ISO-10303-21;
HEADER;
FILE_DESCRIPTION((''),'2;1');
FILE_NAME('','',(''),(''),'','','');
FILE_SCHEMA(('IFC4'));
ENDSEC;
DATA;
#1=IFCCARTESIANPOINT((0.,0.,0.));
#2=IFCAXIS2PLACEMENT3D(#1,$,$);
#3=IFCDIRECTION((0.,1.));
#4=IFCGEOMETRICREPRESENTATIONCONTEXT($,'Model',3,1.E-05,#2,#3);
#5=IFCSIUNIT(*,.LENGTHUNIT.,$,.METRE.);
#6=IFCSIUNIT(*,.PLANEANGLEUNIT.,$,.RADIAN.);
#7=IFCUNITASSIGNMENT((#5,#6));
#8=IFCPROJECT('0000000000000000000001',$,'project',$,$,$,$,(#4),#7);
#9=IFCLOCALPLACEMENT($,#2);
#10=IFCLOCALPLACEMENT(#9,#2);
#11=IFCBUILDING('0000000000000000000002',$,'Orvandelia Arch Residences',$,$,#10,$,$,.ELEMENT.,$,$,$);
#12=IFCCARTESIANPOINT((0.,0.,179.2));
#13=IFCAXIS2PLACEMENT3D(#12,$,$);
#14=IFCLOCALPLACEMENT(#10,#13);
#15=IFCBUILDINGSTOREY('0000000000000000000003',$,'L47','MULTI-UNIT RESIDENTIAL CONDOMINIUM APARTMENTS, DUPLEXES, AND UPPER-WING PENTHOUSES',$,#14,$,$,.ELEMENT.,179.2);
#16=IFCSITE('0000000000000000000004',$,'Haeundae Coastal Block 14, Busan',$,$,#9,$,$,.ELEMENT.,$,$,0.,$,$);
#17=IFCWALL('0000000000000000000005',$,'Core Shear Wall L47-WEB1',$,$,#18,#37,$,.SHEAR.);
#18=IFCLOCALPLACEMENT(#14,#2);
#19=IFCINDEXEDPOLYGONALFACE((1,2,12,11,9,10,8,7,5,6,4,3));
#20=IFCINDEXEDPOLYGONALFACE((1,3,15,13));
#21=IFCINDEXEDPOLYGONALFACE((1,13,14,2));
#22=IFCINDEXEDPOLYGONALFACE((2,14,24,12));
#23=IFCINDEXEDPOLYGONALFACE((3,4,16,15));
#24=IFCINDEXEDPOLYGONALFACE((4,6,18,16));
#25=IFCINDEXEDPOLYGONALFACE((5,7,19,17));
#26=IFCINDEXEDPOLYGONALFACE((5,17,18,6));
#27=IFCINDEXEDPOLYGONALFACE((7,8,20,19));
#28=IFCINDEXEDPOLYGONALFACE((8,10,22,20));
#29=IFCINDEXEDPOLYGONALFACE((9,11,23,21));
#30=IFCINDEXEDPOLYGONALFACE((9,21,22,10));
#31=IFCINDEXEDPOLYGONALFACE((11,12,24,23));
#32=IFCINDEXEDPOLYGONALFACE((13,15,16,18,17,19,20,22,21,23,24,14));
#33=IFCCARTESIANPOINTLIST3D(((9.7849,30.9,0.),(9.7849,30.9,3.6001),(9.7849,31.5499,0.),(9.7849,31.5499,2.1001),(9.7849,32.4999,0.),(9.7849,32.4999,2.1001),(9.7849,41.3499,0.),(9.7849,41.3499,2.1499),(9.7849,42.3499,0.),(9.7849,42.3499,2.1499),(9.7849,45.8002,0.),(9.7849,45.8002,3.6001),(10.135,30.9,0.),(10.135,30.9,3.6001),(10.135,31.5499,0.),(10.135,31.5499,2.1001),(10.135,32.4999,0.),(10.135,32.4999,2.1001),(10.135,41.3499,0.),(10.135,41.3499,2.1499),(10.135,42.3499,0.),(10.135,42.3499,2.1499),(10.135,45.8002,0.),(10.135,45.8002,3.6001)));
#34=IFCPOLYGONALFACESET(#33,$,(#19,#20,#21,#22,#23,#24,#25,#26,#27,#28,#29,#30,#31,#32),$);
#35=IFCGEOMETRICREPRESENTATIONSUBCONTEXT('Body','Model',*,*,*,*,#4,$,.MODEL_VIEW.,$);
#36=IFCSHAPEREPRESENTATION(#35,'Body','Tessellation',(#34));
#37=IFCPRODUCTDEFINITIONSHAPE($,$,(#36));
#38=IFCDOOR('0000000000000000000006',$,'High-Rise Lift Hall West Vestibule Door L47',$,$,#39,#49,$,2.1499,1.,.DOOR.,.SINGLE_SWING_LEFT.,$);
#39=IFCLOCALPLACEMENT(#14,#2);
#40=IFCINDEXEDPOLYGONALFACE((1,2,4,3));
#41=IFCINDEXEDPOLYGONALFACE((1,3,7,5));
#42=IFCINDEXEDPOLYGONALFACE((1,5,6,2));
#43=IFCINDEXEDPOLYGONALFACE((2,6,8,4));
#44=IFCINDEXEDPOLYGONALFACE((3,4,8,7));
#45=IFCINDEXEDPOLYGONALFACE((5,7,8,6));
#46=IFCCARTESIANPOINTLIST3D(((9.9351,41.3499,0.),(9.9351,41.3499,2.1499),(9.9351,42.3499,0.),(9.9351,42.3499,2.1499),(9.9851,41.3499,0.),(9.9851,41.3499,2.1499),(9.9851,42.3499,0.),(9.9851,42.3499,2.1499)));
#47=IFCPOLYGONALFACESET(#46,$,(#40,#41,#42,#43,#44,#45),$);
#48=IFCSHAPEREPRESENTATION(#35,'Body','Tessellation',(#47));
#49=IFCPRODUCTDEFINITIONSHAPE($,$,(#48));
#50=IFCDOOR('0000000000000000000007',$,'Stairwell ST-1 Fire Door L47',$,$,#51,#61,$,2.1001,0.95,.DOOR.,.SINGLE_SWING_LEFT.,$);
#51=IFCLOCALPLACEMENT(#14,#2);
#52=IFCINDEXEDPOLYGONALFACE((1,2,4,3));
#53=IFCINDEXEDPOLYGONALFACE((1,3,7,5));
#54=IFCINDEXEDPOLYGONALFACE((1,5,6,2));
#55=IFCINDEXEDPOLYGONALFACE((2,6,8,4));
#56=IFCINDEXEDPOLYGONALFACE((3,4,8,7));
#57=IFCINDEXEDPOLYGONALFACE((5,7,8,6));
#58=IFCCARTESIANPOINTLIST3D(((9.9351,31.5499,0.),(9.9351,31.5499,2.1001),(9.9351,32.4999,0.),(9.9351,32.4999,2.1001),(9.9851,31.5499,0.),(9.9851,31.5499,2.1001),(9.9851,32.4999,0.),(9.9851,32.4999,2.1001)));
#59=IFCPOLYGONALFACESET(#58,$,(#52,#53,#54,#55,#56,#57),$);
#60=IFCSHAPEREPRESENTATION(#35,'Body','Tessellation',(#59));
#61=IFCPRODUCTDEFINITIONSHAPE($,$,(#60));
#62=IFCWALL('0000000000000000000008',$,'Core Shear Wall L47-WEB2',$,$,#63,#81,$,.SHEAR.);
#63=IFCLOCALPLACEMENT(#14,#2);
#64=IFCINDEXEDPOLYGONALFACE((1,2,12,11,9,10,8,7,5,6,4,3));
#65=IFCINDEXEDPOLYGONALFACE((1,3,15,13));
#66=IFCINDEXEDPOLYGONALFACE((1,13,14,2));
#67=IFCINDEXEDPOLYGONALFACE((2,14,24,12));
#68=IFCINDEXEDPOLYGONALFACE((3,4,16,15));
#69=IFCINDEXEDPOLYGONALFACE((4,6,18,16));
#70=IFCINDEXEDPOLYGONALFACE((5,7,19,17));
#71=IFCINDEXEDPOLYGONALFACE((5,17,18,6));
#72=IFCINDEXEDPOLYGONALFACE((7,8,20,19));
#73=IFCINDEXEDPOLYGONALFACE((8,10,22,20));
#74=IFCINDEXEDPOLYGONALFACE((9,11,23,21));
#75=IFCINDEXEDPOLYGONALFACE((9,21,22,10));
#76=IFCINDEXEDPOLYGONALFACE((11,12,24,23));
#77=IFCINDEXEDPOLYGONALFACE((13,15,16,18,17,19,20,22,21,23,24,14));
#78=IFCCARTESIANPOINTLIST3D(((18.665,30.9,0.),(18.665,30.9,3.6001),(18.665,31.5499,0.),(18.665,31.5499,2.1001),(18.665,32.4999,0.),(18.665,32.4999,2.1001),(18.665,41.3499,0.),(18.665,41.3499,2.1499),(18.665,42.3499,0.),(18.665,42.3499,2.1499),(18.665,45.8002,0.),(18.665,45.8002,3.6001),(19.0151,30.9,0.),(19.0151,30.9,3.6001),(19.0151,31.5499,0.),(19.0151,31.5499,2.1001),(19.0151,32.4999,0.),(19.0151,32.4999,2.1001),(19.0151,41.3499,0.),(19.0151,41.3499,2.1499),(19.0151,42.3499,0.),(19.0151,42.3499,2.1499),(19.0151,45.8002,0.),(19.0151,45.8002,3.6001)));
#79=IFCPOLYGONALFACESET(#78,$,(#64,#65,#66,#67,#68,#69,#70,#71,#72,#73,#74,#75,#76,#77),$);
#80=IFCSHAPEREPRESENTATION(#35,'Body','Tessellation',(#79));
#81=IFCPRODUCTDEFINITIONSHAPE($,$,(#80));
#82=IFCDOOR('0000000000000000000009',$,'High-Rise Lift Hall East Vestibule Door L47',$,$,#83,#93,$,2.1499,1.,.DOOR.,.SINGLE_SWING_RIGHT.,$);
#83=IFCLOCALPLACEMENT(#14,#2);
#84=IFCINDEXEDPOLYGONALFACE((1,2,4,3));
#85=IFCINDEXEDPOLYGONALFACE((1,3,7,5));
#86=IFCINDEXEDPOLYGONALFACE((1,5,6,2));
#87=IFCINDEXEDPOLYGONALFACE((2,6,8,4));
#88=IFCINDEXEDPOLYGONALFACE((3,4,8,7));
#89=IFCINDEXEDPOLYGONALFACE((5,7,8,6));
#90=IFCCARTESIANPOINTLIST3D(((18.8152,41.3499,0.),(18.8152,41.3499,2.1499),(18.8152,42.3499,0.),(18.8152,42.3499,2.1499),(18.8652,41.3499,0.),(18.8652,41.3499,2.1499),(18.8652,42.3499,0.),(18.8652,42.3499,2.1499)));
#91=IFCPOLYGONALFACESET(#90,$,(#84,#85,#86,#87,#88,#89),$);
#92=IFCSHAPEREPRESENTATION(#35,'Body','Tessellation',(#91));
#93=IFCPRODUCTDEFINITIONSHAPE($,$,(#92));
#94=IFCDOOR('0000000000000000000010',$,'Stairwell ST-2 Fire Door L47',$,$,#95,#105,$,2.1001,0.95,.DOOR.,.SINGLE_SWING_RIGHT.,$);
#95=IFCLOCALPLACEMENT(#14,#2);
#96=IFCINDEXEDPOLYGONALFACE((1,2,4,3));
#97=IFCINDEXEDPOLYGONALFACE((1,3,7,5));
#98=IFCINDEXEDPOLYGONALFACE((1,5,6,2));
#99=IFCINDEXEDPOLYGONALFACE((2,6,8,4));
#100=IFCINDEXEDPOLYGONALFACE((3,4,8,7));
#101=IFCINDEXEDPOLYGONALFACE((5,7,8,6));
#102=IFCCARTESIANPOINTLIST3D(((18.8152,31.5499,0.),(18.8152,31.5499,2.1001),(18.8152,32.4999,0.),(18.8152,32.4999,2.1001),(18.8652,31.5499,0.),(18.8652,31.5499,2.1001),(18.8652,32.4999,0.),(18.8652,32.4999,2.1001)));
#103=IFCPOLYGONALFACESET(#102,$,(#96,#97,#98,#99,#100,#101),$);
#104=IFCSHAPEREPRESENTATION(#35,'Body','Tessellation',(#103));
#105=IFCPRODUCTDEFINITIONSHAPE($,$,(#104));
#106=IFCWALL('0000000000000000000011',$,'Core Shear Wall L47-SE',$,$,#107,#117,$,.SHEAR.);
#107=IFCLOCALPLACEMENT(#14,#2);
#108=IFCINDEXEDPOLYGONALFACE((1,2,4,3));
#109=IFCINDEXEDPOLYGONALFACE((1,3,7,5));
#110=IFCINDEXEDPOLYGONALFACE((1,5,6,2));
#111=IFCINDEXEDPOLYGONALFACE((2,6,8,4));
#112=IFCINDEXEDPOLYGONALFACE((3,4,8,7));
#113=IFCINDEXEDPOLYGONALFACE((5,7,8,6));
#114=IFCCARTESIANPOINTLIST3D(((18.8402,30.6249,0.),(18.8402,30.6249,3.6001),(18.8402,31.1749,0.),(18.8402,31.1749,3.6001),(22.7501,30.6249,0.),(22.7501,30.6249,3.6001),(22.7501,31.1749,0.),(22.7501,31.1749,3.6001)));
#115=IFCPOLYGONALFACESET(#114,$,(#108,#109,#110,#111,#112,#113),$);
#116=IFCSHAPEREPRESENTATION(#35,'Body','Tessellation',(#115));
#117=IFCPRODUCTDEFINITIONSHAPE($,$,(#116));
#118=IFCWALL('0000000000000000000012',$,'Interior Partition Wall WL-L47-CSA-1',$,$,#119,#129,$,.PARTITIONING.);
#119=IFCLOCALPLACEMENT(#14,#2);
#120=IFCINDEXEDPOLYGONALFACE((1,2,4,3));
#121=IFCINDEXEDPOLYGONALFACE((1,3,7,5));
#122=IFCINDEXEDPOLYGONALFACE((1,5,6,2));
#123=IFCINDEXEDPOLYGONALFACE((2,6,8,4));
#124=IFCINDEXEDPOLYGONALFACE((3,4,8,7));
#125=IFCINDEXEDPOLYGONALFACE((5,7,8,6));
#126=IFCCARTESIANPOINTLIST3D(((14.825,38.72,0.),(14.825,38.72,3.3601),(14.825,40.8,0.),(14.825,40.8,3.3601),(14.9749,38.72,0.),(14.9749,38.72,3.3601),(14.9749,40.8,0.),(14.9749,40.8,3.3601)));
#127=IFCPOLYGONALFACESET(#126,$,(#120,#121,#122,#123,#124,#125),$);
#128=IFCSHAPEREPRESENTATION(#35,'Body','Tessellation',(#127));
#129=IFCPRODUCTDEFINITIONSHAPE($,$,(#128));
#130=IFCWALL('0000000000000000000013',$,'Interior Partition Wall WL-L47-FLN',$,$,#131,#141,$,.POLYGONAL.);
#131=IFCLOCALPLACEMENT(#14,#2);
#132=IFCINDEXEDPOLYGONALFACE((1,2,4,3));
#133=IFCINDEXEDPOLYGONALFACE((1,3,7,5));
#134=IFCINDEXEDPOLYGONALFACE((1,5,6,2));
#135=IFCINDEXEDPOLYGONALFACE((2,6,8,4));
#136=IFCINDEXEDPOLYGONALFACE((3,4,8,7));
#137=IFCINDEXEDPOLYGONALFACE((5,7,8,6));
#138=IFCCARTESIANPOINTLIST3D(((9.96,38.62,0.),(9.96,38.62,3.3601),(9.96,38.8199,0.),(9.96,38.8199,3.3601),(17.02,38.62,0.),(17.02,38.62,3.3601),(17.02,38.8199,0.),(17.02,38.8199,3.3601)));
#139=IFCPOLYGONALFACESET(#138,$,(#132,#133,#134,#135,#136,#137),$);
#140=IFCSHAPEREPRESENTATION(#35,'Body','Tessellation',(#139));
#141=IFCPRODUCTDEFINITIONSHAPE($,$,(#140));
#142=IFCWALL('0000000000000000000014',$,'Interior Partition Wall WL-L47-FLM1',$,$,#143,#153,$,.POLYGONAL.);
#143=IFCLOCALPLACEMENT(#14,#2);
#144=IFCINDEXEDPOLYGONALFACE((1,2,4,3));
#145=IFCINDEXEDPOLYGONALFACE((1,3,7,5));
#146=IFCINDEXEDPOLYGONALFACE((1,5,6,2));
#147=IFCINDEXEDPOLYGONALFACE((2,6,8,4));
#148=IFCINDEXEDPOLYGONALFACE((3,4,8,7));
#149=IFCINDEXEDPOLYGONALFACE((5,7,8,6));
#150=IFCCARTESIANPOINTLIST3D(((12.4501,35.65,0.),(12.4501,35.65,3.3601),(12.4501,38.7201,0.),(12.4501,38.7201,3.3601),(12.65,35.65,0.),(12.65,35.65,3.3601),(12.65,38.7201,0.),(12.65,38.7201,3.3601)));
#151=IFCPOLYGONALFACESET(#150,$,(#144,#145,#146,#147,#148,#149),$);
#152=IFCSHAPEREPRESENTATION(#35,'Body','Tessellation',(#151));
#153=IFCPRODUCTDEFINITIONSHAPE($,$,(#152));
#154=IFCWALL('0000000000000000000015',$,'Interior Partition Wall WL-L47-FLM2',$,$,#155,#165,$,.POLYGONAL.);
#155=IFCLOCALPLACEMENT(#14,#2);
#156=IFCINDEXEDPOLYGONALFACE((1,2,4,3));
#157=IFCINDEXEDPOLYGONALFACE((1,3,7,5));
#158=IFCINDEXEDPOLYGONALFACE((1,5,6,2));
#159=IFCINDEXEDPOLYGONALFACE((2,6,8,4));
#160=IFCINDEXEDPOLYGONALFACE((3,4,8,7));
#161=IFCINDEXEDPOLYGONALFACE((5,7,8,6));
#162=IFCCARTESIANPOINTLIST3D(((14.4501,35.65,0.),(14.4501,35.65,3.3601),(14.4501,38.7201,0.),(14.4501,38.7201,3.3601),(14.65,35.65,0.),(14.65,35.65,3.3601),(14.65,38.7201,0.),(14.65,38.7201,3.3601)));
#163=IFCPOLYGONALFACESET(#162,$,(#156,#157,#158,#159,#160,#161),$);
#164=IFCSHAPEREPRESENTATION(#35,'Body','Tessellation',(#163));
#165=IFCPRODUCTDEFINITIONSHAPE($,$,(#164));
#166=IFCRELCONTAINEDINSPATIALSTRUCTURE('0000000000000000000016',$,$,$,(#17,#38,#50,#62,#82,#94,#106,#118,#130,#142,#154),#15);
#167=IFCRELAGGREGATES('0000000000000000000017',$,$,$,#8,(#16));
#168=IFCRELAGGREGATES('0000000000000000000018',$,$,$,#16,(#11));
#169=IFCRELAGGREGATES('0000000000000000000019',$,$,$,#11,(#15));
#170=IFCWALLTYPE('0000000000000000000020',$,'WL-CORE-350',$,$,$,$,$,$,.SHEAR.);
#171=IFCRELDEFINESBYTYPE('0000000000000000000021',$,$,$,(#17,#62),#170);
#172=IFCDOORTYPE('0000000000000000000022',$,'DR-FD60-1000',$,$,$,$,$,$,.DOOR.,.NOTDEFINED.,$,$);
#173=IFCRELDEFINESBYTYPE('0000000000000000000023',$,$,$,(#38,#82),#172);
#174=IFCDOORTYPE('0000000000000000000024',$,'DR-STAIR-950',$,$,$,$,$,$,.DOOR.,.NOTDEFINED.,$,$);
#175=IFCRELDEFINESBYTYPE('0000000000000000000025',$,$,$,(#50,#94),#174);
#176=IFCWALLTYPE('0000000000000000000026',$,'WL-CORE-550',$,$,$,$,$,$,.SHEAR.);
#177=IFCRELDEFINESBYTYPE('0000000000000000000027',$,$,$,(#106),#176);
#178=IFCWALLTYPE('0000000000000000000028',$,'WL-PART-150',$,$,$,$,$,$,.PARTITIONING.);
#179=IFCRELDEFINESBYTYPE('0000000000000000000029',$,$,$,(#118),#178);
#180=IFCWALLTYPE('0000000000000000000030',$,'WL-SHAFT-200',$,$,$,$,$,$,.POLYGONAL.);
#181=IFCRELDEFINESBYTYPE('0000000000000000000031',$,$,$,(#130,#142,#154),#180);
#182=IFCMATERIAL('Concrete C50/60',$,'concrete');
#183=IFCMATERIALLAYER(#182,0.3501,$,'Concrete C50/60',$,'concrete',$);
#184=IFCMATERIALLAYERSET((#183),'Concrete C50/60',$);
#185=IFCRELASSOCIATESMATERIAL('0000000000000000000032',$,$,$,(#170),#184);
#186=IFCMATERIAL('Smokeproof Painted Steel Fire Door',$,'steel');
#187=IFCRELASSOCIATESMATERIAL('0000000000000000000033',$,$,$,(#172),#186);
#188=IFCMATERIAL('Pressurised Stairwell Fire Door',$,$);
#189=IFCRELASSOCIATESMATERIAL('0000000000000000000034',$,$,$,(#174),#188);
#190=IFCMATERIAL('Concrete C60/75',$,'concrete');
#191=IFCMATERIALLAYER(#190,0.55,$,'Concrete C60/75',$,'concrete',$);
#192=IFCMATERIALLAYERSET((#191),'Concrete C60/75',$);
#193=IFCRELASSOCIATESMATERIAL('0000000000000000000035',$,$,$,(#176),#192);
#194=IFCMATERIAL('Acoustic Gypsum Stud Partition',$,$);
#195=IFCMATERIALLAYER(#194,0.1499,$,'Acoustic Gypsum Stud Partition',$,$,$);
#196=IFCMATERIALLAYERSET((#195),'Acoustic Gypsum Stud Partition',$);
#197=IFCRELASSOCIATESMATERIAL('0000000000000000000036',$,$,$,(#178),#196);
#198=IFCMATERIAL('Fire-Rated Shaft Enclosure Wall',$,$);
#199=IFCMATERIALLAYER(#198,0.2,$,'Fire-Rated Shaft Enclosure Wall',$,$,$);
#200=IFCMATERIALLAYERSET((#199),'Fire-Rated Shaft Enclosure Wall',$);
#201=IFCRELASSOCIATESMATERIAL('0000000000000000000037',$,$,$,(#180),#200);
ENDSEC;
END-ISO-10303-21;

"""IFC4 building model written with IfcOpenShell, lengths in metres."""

from ifc_helpers import new_model, si_unit, direction, frame, frame_2d, origin, place, context, subcontext, project, spatial, rectangle, extrude, material, layer, layer_set, type_object, element, fill, save


model = new_model("IFC4")

# Units and contexts
model_context = context("Model", 3, precision=1e-05, world=origin(), true_north=direction((0.0, 1.0)))
body_context = subcontext(model_context, "Body", "Model", "MODEL_VIEW")
ifc_project = project(units=[si_unit("LENGTHUNIT", "METRE"), si_unit("PLANEANGLEUNIT", "RADIAN")], contexts=[model_context])

# Site, building, storey
site_placement = place(None, origin())
site = spatial("IfcSite", under=ifc_project, at=site_placement, Name="Haeundae Coastal Block 14, Busan", CompositionType="ELEMENT", RefElevation=0.0)
building_placement = place(site_placement, origin())
building = spatial("IfcBuilding", under=site, at=building_placement, Name="Orvandelia Arch Residences", CompositionType="ELEMENT")
storey_placement = place(building_placement, frame((0.0, 0.0, 179.2)))
storey = spatial("IfcBuildingStorey", under=building, at=storey_placement, Name="L47", Description="MULTI-UNIT RESIDENTIAL CONDOMINIUM APARTMENTS, DUPLEXES, AND UPPER-WING PENTHOUSES", CompositionType="ELEMENT", Elevation=179.2)

# Walls, openings, doors
ifc_material_1 = material(Name="Concrete C50/60", Category="concrete")
ifc_layer_1 = layer(ifc_material_1, 0.3501, Name="Concrete C50/60", Category="concrete")
ifc_layer_set_1 = layer_set([ifc_layer_1], Name="Concrete C50/60")
wall_type_1 = type_object("IfcWallType", Name="WL-CORE-350", PredefinedType="SHEAR", material=ifc_layer_set_1)
wall_1_placement = place(storey_placement, frame((9.96, 30.8999, 0.0), z_axis=(0.0, 0.0, 1.0), x_axis=(0.0, 1.0, 0.0)))
wall_1 = element("IfcWall", 1, at=wall_1_placement, inside=storey, type_object=wall_type_1, Name="Core Shear Wall L47-WEB1", PredefinedType="SHEAR", context=body_context, shape_type="SweptSolid", body=[
    extrude(rectangle(XDim=14.9001, YDim=0.3501, at=frame_2d((7.4502, 0.0))), origin(), (0.0, 0.0, 1.0), 3.6001),
])
opening_1_placement = place(wall_1_placement, frame((0.6499, 0.0, 0.0)))
opening_1 = element("IfcOpeningElement", 2, at=opening_1_placement, cuts=wall_1, PredefinedType="OPENING", context=body_context, shape_type="SweptSolid", body=[
    extrude(rectangle(XDim=0.95, YDim=2.1001, at=frame_2d((0.4751, 1.05))), frame((0.0, 0.1851, 0.0), z_axis=(0.0, -1.0, 0.0), x_axis=(1.0, 0.0, 0.0)), (0.0, 0.0, 1.0), 0.3701),
])
opening_2_placement = place(wall_1_placement, frame((10.45, 0.0, 0.0)))
opening_2 = element("IfcOpeningElement", 3, at=opening_2_placement, cuts=wall_1, PredefinedType="OPENING", context=body_context, shape_type="SweptSolid", body=[
    extrude(rectangle(XDim=1.0, YDim=2.1499, at=frame_2d((0.5, 1.075))), frame((0.0, 0.1851, 0.0), z_axis=(0.0, -1.0, 0.0), x_axis=(1.0, 0.0, 0.0)), (0.0, 0.0, 1.0), 0.3701),
])
ifc_material_2 = material(Name="Smokeproof Painted Steel Fire Door", Category="steel")
door_type_1 = type_object("IfcDoorType", Name="DR-FD60-1000", OperationType="NOTDEFINED", PredefinedType="DOOR", material=ifc_material_2)
door_1_placement = place(opening_2_placement, origin())
door_1 = element("IfcDoor", 4, at=door_1_placement, inside=storey, type_object=door_type_1, Name="High-Rise Lift Hall West Vestibule Door L47", OperationType="SINGLE_SWING_LEFT", OverallHeight=2.1499, OverallWidth=1.0, PredefinedType="DOOR", context=body_context, shape_type="SweptSolid", body=[
    extrude(rectangle(XDim=1.0, YDim=2.1499, at=frame_2d((0.5, 1.075))), frame((0.0, 0.0249, 0.0), z_axis=(0.0, -1.0, 0.0), x_axis=(1.0, 0.0, 0.0)), (0.0, 0.0, 1.0), 0.05),
])
fill(opening_2, door_1)
ifc_material_3 = material(Name="Pressurised Stairwell Fire Door")
door_type_2 = type_object("IfcDoorType", Name="DR-STAIR-950", OperationType="NOTDEFINED", PredefinedType="DOOR", material=ifc_material_3)
door_2_placement = place(opening_1_placement, origin())
door_2 = element("IfcDoor", 5, at=door_2_placement, inside=storey, type_object=door_type_2, Name="Stairwell ST-1 Fire Door L47", OperationType="SINGLE_SWING_LEFT", OverallHeight=2.1001, OverallWidth=0.95, PredefinedType="DOOR", context=body_context, shape_type="SweptSolid", body=[
    extrude(rectangle(XDim=0.95, YDim=2.1001, at=frame_2d((0.4751, 1.05))), frame((0.0, 0.0249, 0.0), z_axis=(0.0, -1.0, 0.0), x_axis=(1.0, 0.0, 0.0)), (0.0, 0.0, 1.0), 0.05),
])
fill(opening_1, door_2)
wall_2_placement = place(storey_placement, frame((18.8401, 30.8999, 0.0), z_axis=(0.0, 0.0, 1.0), x_axis=(0.0, 1.0, 0.0)))
wall_2 = element("IfcWall", 6, at=wall_2_placement, inside=storey, type_object=wall_type_1, Name="Core Shear Wall L47-WEB2", PredefinedType="SHEAR", context=body_context, shape_type="SweptSolid", body=[
    extrude(rectangle(XDim=14.9001, YDim=0.3501, at=frame_2d((7.4502, 0.0))), origin(), (0.0, 0.0, 1.0), 3.6001),
])
opening_3_placement = place(wall_2_placement, frame((0.6499, 0.0, 0.0)))
opening_3 = element("IfcOpeningElement", 7, at=opening_3_placement, cuts=wall_2, PredefinedType="OPENING", context=body_context, shape_type="SweptSolid", body=[
    extrude(rectangle(XDim=0.95, YDim=2.1001, at=frame_2d((0.4751, 1.05))), frame((0.0, 0.1851, 0.0), z_axis=(0.0, -1.0, 0.0), x_axis=(1.0, 0.0, 0.0)), (0.0, 0.0, 1.0), 0.3701),
])
opening_4_placement = place(wall_2_placement, frame((10.45, 0.0, 0.0)))
opening_4 = element("IfcOpeningElement", 8, at=opening_4_placement, cuts=wall_2, PredefinedType="OPENING", context=body_context, shape_type="SweptSolid", body=[
    extrude(rectangle(XDim=1.0, YDim=2.1499, at=frame_2d((0.5, 1.075))), frame((0.0, 0.1851, 0.0), z_axis=(0.0, -1.0, 0.0), x_axis=(1.0, 0.0, 0.0)), (0.0, 0.0, 1.0), 0.3701),
])
door_3_placement = place(opening_4_placement, origin())
door_3 = element("IfcDoor", 9, at=door_3_placement, inside=storey, type_object=door_type_1, Name="High-Rise Lift Hall East Vestibule Door L47", OperationType="SINGLE_SWING_RIGHT", OverallHeight=2.1499, OverallWidth=1.0, PredefinedType="DOOR", context=body_context, shape_type="SweptSolid", body=[
    extrude(rectangle(XDim=1.0, YDim=2.1499, at=frame_2d((0.5, 1.075))), frame((0.0, 0.0249, 0.0), z_axis=(0.0, -1.0, 0.0), x_axis=(1.0, 0.0, 0.0)), (0.0, 0.0, 1.0), 0.05),
])
fill(opening_4, door_3)
door_4_placement = place(opening_3_placement, origin())
door_4 = element("IfcDoor", 10, at=door_4_placement, inside=storey, type_object=door_type_2, Name="Stairwell ST-2 Fire Door L47", OperationType="SINGLE_SWING_RIGHT", OverallHeight=2.1001, OverallWidth=0.95, PredefinedType="DOOR", context=body_context, shape_type="SweptSolid", body=[
    extrude(rectangle(XDim=0.95, YDim=2.1001, at=frame_2d((0.4751, 1.05))), frame((0.0, 0.0249, 0.0), z_axis=(0.0, -1.0, 0.0), x_axis=(1.0, 0.0, 0.0)), (0.0, 0.0, 1.0), 0.05),
])
fill(opening_3, door_4)

# Shared definitions
ifc_material_4 = material(Name="Concrete C60/75", Category="concrete")
ifc_layer_2 = layer(ifc_material_4, 0.55, Name="Concrete C60/75", Category="concrete")
ifc_layer_set_2 = layer_set([ifc_layer_2], Name="Concrete C60/75")
wall_type_2 = type_object("IfcWallType", Name="WL-CORE-550", PredefinedType="SHEAR", material=ifc_layer_set_2)

# Walls
wall_3_placement = place(storey_placement, frame((18.8401, 30.8999, 0.0), z_axis=(0.0, 0.0, 1.0), x_axis=(1.0, 0.0, 0.0)))
element("IfcWall", 11, at=wall_3_placement, inside=storey, type_object=wall_type_2, Name="Core Shear Wall L47-SE", PredefinedType="SHEAR", context=body_context, shape_type="SweptSolid", body=[
    extrude(rectangle(XDim=3.9099, YDim=0.55, at=frame_2d((1.9551, 0.0))), origin(), (0.0, 0.0, 1.0), 3.6001),
])
ifc_material_5 = material(Name="Acoustic Gypsum Stud Partition")
ifc_layer_3 = layer(ifc_material_5, 0.1499, Name="Acoustic Gypsum Stud Partition")
ifc_layer_set_3 = layer_set([ifc_layer_3], Name="Acoustic Gypsum Stud Partition")
wall_type_3 = type_object("IfcWallType", Name="WL-PART-150", PredefinedType="PARTITIONING", material=ifc_layer_set_3)
wall_4_placement = place(storey_placement, frame((14.8999, 38.72, 0.0), z_axis=(0.0, 0.0, 1.0), x_axis=(0.0, 1.0, 0.0)))
element("IfcWall", 12, at=wall_4_placement, inside=storey, type_object=wall_type_3, Name="Interior Partition Wall WL-L47-CSA-1", PredefinedType="PARTITIONING", context=body_context, shape_type="SweptSolid", body=[
    extrude(rectangle(XDim=2.0801, YDim=0.1499, at=frame_2d((1.04, 0.0))), origin(), (0.0, 0.0, 1.0), 3.3601),
])
ifc_material_6 = material(Name="Fire-Rated Shaft Enclosure Wall")
ifc_layer_4 = layer(ifc_material_6, 0.2, Name="Fire-Rated Shaft Enclosure Wall")
ifc_layer_set_4 = layer_set([ifc_layer_4], Name="Fire-Rated Shaft Enclosure Wall")
wall_type_4 = type_object("IfcWallType", Name="WL-SHAFT-200", PredefinedType="POLYGONAL", material=ifc_layer_set_4)
wall_5_placement = place(storey_placement, frame((9.96, 38.72, 0.0), z_axis=(0.0, 0.0, 1.0), x_axis=(1.0, 0.0, 0.0)))
element("IfcWall", 13, at=wall_5_placement, inside=storey, type_object=wall_type_4, Name="Interior Partition Wall WL-L47-FLN", PredefinedType="POLYGONAL", context=body_context, shape_type="SweptSolid", body=[
    extrude(rectangle(XDim=7.0601, YDim=0.2, at=frame_2d((3.53, 0.0))), origin(), (0.0, 0.0, 1.0), 3.3601),
])
for number, where, z_axis, x_axis, name in (
    (14, (12.55, 35.6499, 0.0), (0.0, 0.0, 1.0), (0.0, 1.0, 0.0), "Interior Partition Wall WL-L47-FLM1"),
    (15, (14.55, 35.6499, 0.0), (0.0, 0.0, 1.0), (0.0, 1.0, 0.0), "Interior Partition Wall WL-L47-FLM2"),
):
    element("IfcWall", number, at=place(storey_placement, frame(where, z_axis=z_axis, x_axis=x_axis)), inside=storey, type_object=wall_type_4, Name=name, PredefinedType="POLYGONAL", context=body_context, shape_type="SweptSolid", body=[
        extrude(rectangle(XDim=3.0701, YDim=0.2, at=frame_2d((1.5352, 0.0))), origin(), (0.0, 0.0, 1.0), 3.3601),
    ])

save(model, "model.ifc")
